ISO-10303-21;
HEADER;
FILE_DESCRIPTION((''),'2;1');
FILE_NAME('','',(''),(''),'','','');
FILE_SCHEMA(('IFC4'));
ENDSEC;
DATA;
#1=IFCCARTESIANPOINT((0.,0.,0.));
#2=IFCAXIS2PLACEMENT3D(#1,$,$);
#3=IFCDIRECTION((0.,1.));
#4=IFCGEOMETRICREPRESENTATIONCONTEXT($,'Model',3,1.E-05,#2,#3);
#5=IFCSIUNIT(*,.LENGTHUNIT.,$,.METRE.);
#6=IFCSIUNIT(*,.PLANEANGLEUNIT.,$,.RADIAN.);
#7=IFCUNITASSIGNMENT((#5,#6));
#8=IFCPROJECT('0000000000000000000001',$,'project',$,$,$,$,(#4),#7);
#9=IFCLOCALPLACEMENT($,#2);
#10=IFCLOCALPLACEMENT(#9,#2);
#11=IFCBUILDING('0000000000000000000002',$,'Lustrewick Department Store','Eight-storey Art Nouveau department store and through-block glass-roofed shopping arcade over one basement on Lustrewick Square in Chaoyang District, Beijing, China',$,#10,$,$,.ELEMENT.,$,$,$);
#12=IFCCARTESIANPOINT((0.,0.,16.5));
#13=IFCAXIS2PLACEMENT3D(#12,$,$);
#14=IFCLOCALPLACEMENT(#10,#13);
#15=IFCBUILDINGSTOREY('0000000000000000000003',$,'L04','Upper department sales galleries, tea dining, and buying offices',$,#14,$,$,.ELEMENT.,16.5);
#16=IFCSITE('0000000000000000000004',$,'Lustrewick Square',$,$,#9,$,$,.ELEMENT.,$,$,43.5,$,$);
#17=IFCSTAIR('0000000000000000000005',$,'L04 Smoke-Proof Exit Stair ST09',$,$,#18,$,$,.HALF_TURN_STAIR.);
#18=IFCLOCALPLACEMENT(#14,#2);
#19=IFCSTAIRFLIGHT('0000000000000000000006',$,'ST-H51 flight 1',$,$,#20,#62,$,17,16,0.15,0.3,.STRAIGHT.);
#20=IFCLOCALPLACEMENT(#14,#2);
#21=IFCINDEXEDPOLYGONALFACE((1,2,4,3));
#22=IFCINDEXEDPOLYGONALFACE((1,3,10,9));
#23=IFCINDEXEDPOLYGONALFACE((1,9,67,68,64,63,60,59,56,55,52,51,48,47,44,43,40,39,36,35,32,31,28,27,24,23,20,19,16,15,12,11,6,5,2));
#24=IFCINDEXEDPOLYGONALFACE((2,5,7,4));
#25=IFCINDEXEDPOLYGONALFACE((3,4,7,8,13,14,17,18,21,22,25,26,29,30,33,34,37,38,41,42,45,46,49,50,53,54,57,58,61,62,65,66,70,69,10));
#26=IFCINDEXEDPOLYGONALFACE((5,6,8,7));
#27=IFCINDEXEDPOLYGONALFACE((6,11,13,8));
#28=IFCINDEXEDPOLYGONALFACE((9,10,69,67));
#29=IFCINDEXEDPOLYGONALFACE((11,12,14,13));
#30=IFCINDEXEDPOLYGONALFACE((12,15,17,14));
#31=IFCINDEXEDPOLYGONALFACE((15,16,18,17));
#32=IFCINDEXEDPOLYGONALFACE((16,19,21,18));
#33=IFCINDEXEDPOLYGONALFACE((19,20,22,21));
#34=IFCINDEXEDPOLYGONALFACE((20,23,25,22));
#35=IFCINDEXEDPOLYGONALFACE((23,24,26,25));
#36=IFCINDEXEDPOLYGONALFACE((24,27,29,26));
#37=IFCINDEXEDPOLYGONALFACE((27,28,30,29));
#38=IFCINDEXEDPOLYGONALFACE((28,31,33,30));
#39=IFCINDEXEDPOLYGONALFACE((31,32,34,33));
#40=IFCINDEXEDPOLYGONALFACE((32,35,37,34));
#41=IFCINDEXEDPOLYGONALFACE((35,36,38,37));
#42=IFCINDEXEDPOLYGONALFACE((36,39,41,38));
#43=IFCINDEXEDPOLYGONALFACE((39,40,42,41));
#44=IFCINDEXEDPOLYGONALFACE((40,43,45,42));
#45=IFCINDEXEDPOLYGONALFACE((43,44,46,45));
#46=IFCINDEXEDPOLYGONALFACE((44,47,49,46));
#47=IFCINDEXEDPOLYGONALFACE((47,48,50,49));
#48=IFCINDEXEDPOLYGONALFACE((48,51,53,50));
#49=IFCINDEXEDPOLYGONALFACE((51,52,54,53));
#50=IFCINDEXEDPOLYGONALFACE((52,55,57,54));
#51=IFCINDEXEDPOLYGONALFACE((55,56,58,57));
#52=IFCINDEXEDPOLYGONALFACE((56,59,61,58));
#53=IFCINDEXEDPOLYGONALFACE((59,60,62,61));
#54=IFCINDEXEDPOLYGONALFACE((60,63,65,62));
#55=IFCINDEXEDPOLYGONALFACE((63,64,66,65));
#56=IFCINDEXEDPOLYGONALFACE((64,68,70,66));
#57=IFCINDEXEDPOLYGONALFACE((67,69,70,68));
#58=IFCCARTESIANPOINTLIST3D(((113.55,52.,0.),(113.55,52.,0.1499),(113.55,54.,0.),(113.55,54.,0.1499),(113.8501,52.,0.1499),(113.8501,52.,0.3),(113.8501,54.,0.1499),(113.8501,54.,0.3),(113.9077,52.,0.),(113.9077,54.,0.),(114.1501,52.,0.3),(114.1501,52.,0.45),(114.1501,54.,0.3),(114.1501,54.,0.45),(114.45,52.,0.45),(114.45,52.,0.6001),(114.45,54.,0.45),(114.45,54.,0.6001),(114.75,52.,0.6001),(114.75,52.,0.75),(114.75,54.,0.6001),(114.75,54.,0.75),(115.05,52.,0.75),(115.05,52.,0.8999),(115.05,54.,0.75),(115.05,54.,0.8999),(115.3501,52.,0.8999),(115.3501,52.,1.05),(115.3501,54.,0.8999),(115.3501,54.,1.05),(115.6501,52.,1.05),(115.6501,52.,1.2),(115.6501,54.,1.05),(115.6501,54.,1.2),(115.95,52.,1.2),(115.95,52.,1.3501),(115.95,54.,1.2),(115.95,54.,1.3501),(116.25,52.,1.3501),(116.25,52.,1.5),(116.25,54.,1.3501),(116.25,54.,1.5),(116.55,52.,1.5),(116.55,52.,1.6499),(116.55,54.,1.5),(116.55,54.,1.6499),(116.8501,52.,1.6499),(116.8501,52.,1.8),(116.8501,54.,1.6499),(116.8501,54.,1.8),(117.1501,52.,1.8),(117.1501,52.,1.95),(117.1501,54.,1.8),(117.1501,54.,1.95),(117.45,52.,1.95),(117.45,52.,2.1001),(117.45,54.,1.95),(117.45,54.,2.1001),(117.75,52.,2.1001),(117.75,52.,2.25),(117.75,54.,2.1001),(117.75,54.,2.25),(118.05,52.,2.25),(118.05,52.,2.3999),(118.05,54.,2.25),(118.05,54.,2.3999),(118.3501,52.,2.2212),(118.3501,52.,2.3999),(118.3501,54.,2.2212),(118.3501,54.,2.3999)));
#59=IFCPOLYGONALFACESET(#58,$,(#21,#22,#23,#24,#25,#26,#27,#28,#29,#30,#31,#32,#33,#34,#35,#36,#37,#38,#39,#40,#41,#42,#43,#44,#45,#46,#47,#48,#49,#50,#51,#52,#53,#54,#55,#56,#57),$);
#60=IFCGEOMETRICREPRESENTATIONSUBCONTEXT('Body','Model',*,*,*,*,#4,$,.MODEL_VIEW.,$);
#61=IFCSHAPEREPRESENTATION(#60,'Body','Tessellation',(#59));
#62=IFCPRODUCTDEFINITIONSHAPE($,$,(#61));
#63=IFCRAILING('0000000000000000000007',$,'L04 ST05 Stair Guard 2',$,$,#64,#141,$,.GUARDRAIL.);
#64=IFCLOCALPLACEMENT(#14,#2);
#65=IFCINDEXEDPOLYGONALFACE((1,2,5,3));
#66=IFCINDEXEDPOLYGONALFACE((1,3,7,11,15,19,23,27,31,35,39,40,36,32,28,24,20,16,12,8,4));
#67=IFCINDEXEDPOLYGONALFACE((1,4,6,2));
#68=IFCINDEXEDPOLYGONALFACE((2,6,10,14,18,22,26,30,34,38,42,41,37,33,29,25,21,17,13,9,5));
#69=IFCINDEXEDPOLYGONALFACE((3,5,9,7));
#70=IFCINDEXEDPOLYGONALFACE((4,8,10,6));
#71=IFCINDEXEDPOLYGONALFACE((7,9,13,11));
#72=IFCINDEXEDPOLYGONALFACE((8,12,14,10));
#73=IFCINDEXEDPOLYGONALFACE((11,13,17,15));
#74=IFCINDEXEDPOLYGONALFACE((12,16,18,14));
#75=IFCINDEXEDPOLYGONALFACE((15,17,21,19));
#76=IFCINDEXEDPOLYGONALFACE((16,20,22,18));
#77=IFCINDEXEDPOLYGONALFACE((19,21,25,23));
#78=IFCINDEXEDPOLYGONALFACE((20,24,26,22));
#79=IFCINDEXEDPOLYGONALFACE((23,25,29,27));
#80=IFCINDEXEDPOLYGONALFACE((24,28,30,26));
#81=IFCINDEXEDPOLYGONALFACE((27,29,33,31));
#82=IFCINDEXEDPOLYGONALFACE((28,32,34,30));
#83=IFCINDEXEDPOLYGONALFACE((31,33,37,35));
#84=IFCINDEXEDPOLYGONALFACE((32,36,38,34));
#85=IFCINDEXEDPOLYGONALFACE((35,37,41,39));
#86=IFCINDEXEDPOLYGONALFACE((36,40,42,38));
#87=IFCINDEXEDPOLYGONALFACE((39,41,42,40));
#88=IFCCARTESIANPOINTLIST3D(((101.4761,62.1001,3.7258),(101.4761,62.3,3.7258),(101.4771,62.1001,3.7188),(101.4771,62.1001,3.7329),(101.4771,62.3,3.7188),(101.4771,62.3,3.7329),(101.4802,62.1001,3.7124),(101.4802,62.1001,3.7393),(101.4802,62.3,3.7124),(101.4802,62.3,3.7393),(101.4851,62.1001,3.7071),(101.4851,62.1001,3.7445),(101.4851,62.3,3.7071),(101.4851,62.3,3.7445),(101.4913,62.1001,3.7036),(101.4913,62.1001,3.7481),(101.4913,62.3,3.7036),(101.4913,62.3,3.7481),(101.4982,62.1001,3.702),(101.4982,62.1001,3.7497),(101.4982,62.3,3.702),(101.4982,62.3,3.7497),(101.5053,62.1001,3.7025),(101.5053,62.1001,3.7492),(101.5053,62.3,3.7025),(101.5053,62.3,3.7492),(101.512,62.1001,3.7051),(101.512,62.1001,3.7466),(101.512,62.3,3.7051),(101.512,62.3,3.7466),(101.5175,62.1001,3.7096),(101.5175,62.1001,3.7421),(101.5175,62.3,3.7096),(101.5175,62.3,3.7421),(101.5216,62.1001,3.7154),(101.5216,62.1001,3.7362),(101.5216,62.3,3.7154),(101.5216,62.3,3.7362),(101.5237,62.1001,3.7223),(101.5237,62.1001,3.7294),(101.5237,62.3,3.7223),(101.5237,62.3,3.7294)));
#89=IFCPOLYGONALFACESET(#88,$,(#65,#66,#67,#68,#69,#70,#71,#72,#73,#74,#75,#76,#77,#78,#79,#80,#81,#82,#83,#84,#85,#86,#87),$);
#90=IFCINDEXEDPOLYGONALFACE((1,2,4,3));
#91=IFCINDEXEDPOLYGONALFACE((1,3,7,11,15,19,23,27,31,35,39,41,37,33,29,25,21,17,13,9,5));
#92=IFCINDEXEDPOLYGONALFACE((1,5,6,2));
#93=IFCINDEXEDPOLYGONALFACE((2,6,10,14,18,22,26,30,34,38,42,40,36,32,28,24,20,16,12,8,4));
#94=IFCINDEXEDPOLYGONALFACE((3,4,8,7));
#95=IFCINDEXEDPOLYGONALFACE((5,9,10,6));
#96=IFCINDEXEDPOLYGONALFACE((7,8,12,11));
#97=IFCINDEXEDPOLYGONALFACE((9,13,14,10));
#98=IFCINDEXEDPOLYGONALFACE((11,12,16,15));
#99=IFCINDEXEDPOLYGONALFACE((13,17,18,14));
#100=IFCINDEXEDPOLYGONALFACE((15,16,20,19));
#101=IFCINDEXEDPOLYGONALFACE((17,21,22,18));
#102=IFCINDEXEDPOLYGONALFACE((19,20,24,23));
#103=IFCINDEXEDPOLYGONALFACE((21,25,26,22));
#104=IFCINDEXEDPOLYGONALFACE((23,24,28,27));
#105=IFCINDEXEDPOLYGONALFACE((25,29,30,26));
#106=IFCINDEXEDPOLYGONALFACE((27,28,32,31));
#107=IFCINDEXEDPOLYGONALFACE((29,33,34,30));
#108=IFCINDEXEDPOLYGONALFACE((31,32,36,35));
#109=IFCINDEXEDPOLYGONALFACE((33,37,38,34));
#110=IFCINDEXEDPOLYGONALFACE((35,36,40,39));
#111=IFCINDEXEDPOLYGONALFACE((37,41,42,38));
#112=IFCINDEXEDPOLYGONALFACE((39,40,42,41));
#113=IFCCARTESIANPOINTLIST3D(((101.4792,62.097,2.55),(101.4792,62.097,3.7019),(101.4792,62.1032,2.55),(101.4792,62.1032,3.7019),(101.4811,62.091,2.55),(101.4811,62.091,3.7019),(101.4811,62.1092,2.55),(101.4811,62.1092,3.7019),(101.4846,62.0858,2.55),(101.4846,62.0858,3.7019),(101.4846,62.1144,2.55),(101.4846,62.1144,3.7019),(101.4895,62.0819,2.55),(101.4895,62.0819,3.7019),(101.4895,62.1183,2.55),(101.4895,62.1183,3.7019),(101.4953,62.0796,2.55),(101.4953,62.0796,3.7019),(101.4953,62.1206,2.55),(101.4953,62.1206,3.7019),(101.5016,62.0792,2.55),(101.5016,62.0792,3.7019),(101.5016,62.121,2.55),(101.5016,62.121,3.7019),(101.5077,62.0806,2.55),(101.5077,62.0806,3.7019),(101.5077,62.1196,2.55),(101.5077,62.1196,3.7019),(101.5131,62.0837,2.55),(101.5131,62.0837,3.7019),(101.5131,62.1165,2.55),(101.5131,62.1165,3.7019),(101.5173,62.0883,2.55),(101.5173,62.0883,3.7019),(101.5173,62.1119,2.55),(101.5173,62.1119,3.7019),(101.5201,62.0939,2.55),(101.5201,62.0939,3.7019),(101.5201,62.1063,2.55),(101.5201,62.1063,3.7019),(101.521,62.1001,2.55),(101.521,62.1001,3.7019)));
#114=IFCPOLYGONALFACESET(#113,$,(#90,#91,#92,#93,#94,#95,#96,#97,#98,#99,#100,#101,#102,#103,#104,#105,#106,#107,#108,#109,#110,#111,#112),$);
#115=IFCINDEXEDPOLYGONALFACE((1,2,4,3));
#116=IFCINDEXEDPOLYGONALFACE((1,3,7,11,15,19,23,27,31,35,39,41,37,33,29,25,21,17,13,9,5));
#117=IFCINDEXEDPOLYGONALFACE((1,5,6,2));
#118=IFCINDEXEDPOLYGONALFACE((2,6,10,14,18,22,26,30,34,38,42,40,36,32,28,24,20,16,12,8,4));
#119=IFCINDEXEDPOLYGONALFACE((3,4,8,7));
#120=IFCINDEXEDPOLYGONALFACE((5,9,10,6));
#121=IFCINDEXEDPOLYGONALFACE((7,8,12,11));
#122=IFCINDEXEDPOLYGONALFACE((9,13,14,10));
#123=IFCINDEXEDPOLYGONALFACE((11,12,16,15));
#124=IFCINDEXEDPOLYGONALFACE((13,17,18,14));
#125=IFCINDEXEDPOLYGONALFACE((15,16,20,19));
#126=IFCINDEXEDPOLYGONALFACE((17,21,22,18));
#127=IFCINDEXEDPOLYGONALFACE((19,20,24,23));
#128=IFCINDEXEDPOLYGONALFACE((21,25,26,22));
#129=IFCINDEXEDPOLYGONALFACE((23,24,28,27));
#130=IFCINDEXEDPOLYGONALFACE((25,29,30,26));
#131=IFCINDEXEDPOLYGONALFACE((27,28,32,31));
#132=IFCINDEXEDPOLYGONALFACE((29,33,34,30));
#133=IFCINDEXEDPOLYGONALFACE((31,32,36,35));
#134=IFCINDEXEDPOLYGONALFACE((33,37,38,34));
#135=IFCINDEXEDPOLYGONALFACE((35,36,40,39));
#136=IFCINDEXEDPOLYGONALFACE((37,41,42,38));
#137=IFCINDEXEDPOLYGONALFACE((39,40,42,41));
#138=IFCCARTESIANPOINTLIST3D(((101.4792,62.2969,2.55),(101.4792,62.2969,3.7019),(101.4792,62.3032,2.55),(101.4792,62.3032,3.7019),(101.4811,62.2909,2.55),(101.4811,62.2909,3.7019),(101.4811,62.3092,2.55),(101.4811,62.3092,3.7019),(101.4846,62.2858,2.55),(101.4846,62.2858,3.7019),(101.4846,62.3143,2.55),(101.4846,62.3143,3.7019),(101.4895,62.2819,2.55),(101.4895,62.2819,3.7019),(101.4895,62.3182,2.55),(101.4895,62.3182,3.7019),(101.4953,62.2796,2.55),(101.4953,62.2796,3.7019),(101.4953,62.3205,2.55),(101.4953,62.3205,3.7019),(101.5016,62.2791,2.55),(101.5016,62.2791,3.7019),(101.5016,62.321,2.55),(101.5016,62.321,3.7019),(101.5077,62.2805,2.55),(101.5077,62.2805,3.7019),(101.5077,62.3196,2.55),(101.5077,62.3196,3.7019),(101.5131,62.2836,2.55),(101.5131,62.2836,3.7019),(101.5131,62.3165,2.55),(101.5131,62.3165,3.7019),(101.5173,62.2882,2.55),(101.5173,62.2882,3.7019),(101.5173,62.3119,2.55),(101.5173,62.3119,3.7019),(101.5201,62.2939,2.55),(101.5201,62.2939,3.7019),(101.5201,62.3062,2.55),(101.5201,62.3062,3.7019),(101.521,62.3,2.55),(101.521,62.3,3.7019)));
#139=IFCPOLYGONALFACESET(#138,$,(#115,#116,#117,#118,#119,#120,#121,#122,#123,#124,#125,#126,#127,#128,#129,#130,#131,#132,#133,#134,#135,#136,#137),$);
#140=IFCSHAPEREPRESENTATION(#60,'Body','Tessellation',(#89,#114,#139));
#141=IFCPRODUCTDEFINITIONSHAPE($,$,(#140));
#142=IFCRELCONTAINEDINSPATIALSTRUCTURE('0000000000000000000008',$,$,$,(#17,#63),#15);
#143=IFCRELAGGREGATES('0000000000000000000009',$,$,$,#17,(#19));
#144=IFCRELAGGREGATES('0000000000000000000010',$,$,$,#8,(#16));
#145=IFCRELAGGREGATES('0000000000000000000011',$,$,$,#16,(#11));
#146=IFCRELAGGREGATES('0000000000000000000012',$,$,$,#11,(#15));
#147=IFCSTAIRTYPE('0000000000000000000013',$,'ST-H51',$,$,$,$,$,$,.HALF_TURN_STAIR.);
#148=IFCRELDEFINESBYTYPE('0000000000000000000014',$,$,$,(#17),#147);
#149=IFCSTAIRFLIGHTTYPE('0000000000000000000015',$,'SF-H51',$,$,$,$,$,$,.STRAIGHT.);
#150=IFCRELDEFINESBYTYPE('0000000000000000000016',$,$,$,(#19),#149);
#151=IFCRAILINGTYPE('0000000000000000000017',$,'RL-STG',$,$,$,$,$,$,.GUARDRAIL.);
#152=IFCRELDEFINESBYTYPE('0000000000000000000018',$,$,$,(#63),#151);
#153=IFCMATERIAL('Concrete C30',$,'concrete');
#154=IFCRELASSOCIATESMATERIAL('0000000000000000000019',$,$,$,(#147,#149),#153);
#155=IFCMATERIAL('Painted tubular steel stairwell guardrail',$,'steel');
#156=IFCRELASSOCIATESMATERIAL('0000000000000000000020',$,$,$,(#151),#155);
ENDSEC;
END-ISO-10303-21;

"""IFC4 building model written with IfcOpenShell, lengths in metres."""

from ifc_helpers import new_model, si_unit, direction, frame, origin, origin_2d, place, context, subcontext, project, spatial, polyline, circle, outline, extrude, material, type_object, element, aggregate, save


model = new_model("IFC4")

# Units and contexts
model_context = context("Model", 3, precision=1e-05, world=origin(), true_north=direction((0.0, 1.0)))
body_context = subcontext(model_context, "Body", "Model", "MODEL_VIEW")
ifc_project = project(units=[si_unit("LENGTHUNIT", "METRE"), si_unit("PLANEANGLEUNIT", "RADIAN")], contexts=[model_context])

# Site, building, storey
site_placement = place(None, origin())
site = spatial("IfcSite", under=ifc_project, at=site_placement, Name="Lustrewick Square", CompositionType="ELEMENT", RefElevation=43.5)
building_placement = place(site_placement, origin())
building = spatial("IfcBuilding", under=site, at=building_placement, Name="Lustrewick Department Store", Description="Eight-storey Art Nouveau department store and through-block glass-roofed shopping arcade over one basement on Lustrewick Square in Chaoyang District, Beijing, China", CompositionType="ELEMENT")
storey_placement = place(building_placement, frame((0.0, 0.0, 16.5)))
storey = spatial("IfcBuildingStorey", under=building, at=storey_placement, Name="L04", Description="Upper department sales galleries, tea dining, and buying offices", CompositionType="ELEMENT", Elevation=16.5)

# Stair, stair flight
ifc_material_1 = material(Name="Concrete C30", Category="concrete")
stair_type = type_object("IfcStairType", Name="ST-H51", PredefinedType="HALF_TURN_STAIR", material=ifc_material_1)
stair_placement = place(storey_placement, origin())
stair = element("IfcStair", 1, at=stair_placement, inside=storey, type_object=stair_type, Name="L04 Smoke-Proof Exit Stair ST09", PredefinedType="HALF_TURN_STAIR")
stair_flight_type = type_object("IfcStairFlightType", Name="SF-H51", PredefinedType="STRAIGHT", material=ifc_material_1)
stair_flight_placement = place(storey_placement, frame((113.55, 53.0, 0.0), z_axis=(0.0, 0.0, 1.0), x_axis=(1.0, 0.0, 0.0)))
stair_flight = element("IfcStairFlight", 2, at=stair_flight_placement, type_object=stair_flight_type, Name="ST-H51 flight 1", NumberOfRisers=17, NumberOfTreads=16, PredefinedType="STRAIGHT", RiserHeight=0.15, TreadLength=0.3, context=body_context, shape_type="SweptSolid", body=[
    extrude(outline(polyline([(0.0, 0.0), (0.0, 0.1499), (0.3, 0.1499), (0.3, 0.3), (0.6001, 0.3), (0.6001, 0.45), (0.8999, 0.45), (0.8999, 0.6001), (1.2, 0.6001), (1.2, 0.75), (1.5, 0.75), (1.5, 0.8999), (1.8, 0.8999), (1.8, 1.05), (2.1001, 1.05), (2.1001, 1.2), (2.3999, 1.2), (2.3999, 1.3501), (2.7, 1.3501), (2.7, 1.5), (3.0, 1.5), (3.0, 1.6499), (3.3, 1.6499), (3.3, 1.8), (3.6001, 1.8), (3.6001, 1.95), (3.8999, 1.95), (3.8999, 2.1001), (4.2, 2.1001), (4.2, 2.25), (4.5, 2.25), (4.5, 2.3999), (4.8, 2.3999), (4.8, 2.55), (4.8, 2.2212), (0.3577, 0.0), (0.0, 0.0)])), frame((0.0, 1.0, 0.0), z_axis=(0.0, -1.0, 0.0), x_axis=(1.0, 0.0, 0.0)), (0.0, 0.0, 1.0), 2.0),
])
aggregate(stair, [stair_flight])

# Railing
ifc_material_2 = material(Name="Painted tubular steel stairwell guardrail", Category="steel")
railing_type_1 = type_object("IfcRailingType", Name="RL-STG", PredefinedType="GUARDRAIL", material=ifc_material_2)
railing_1_placement = place(storey_placement, frame((101.5, 62.1001, 2.55)))
element("IfcRailing", 3, at=railing_1_placement, inside=storey, type_object=railing_type_1, Name="L04 ST05 Stair Guard 2", PredefinedType="GUARDRAIL", context=body_context, shape_type="SweptSolid", body=[
    extrude(circle(Radius=0.0239, at=origin_2d()), frame((0.0, 0.0, 1.1758), z_axis=(0.0, 1.0, 0.0), x_axis=(-1.0, 0.0, 0.0)), (0.0, 0.0, 1.0), 0.2),
    extrude(circle(Radius=0.021, at=origin_2d()), origin(), (0.0, 0.0, 1.0), 1.1519),
    extrude(circle(Radius=0.021, at=origin_2d()), frame((0.0, 0.2, 0.0)), (0.0, 0.0, 1.0), 1.1519),
])

save(model, "model.ifc")
